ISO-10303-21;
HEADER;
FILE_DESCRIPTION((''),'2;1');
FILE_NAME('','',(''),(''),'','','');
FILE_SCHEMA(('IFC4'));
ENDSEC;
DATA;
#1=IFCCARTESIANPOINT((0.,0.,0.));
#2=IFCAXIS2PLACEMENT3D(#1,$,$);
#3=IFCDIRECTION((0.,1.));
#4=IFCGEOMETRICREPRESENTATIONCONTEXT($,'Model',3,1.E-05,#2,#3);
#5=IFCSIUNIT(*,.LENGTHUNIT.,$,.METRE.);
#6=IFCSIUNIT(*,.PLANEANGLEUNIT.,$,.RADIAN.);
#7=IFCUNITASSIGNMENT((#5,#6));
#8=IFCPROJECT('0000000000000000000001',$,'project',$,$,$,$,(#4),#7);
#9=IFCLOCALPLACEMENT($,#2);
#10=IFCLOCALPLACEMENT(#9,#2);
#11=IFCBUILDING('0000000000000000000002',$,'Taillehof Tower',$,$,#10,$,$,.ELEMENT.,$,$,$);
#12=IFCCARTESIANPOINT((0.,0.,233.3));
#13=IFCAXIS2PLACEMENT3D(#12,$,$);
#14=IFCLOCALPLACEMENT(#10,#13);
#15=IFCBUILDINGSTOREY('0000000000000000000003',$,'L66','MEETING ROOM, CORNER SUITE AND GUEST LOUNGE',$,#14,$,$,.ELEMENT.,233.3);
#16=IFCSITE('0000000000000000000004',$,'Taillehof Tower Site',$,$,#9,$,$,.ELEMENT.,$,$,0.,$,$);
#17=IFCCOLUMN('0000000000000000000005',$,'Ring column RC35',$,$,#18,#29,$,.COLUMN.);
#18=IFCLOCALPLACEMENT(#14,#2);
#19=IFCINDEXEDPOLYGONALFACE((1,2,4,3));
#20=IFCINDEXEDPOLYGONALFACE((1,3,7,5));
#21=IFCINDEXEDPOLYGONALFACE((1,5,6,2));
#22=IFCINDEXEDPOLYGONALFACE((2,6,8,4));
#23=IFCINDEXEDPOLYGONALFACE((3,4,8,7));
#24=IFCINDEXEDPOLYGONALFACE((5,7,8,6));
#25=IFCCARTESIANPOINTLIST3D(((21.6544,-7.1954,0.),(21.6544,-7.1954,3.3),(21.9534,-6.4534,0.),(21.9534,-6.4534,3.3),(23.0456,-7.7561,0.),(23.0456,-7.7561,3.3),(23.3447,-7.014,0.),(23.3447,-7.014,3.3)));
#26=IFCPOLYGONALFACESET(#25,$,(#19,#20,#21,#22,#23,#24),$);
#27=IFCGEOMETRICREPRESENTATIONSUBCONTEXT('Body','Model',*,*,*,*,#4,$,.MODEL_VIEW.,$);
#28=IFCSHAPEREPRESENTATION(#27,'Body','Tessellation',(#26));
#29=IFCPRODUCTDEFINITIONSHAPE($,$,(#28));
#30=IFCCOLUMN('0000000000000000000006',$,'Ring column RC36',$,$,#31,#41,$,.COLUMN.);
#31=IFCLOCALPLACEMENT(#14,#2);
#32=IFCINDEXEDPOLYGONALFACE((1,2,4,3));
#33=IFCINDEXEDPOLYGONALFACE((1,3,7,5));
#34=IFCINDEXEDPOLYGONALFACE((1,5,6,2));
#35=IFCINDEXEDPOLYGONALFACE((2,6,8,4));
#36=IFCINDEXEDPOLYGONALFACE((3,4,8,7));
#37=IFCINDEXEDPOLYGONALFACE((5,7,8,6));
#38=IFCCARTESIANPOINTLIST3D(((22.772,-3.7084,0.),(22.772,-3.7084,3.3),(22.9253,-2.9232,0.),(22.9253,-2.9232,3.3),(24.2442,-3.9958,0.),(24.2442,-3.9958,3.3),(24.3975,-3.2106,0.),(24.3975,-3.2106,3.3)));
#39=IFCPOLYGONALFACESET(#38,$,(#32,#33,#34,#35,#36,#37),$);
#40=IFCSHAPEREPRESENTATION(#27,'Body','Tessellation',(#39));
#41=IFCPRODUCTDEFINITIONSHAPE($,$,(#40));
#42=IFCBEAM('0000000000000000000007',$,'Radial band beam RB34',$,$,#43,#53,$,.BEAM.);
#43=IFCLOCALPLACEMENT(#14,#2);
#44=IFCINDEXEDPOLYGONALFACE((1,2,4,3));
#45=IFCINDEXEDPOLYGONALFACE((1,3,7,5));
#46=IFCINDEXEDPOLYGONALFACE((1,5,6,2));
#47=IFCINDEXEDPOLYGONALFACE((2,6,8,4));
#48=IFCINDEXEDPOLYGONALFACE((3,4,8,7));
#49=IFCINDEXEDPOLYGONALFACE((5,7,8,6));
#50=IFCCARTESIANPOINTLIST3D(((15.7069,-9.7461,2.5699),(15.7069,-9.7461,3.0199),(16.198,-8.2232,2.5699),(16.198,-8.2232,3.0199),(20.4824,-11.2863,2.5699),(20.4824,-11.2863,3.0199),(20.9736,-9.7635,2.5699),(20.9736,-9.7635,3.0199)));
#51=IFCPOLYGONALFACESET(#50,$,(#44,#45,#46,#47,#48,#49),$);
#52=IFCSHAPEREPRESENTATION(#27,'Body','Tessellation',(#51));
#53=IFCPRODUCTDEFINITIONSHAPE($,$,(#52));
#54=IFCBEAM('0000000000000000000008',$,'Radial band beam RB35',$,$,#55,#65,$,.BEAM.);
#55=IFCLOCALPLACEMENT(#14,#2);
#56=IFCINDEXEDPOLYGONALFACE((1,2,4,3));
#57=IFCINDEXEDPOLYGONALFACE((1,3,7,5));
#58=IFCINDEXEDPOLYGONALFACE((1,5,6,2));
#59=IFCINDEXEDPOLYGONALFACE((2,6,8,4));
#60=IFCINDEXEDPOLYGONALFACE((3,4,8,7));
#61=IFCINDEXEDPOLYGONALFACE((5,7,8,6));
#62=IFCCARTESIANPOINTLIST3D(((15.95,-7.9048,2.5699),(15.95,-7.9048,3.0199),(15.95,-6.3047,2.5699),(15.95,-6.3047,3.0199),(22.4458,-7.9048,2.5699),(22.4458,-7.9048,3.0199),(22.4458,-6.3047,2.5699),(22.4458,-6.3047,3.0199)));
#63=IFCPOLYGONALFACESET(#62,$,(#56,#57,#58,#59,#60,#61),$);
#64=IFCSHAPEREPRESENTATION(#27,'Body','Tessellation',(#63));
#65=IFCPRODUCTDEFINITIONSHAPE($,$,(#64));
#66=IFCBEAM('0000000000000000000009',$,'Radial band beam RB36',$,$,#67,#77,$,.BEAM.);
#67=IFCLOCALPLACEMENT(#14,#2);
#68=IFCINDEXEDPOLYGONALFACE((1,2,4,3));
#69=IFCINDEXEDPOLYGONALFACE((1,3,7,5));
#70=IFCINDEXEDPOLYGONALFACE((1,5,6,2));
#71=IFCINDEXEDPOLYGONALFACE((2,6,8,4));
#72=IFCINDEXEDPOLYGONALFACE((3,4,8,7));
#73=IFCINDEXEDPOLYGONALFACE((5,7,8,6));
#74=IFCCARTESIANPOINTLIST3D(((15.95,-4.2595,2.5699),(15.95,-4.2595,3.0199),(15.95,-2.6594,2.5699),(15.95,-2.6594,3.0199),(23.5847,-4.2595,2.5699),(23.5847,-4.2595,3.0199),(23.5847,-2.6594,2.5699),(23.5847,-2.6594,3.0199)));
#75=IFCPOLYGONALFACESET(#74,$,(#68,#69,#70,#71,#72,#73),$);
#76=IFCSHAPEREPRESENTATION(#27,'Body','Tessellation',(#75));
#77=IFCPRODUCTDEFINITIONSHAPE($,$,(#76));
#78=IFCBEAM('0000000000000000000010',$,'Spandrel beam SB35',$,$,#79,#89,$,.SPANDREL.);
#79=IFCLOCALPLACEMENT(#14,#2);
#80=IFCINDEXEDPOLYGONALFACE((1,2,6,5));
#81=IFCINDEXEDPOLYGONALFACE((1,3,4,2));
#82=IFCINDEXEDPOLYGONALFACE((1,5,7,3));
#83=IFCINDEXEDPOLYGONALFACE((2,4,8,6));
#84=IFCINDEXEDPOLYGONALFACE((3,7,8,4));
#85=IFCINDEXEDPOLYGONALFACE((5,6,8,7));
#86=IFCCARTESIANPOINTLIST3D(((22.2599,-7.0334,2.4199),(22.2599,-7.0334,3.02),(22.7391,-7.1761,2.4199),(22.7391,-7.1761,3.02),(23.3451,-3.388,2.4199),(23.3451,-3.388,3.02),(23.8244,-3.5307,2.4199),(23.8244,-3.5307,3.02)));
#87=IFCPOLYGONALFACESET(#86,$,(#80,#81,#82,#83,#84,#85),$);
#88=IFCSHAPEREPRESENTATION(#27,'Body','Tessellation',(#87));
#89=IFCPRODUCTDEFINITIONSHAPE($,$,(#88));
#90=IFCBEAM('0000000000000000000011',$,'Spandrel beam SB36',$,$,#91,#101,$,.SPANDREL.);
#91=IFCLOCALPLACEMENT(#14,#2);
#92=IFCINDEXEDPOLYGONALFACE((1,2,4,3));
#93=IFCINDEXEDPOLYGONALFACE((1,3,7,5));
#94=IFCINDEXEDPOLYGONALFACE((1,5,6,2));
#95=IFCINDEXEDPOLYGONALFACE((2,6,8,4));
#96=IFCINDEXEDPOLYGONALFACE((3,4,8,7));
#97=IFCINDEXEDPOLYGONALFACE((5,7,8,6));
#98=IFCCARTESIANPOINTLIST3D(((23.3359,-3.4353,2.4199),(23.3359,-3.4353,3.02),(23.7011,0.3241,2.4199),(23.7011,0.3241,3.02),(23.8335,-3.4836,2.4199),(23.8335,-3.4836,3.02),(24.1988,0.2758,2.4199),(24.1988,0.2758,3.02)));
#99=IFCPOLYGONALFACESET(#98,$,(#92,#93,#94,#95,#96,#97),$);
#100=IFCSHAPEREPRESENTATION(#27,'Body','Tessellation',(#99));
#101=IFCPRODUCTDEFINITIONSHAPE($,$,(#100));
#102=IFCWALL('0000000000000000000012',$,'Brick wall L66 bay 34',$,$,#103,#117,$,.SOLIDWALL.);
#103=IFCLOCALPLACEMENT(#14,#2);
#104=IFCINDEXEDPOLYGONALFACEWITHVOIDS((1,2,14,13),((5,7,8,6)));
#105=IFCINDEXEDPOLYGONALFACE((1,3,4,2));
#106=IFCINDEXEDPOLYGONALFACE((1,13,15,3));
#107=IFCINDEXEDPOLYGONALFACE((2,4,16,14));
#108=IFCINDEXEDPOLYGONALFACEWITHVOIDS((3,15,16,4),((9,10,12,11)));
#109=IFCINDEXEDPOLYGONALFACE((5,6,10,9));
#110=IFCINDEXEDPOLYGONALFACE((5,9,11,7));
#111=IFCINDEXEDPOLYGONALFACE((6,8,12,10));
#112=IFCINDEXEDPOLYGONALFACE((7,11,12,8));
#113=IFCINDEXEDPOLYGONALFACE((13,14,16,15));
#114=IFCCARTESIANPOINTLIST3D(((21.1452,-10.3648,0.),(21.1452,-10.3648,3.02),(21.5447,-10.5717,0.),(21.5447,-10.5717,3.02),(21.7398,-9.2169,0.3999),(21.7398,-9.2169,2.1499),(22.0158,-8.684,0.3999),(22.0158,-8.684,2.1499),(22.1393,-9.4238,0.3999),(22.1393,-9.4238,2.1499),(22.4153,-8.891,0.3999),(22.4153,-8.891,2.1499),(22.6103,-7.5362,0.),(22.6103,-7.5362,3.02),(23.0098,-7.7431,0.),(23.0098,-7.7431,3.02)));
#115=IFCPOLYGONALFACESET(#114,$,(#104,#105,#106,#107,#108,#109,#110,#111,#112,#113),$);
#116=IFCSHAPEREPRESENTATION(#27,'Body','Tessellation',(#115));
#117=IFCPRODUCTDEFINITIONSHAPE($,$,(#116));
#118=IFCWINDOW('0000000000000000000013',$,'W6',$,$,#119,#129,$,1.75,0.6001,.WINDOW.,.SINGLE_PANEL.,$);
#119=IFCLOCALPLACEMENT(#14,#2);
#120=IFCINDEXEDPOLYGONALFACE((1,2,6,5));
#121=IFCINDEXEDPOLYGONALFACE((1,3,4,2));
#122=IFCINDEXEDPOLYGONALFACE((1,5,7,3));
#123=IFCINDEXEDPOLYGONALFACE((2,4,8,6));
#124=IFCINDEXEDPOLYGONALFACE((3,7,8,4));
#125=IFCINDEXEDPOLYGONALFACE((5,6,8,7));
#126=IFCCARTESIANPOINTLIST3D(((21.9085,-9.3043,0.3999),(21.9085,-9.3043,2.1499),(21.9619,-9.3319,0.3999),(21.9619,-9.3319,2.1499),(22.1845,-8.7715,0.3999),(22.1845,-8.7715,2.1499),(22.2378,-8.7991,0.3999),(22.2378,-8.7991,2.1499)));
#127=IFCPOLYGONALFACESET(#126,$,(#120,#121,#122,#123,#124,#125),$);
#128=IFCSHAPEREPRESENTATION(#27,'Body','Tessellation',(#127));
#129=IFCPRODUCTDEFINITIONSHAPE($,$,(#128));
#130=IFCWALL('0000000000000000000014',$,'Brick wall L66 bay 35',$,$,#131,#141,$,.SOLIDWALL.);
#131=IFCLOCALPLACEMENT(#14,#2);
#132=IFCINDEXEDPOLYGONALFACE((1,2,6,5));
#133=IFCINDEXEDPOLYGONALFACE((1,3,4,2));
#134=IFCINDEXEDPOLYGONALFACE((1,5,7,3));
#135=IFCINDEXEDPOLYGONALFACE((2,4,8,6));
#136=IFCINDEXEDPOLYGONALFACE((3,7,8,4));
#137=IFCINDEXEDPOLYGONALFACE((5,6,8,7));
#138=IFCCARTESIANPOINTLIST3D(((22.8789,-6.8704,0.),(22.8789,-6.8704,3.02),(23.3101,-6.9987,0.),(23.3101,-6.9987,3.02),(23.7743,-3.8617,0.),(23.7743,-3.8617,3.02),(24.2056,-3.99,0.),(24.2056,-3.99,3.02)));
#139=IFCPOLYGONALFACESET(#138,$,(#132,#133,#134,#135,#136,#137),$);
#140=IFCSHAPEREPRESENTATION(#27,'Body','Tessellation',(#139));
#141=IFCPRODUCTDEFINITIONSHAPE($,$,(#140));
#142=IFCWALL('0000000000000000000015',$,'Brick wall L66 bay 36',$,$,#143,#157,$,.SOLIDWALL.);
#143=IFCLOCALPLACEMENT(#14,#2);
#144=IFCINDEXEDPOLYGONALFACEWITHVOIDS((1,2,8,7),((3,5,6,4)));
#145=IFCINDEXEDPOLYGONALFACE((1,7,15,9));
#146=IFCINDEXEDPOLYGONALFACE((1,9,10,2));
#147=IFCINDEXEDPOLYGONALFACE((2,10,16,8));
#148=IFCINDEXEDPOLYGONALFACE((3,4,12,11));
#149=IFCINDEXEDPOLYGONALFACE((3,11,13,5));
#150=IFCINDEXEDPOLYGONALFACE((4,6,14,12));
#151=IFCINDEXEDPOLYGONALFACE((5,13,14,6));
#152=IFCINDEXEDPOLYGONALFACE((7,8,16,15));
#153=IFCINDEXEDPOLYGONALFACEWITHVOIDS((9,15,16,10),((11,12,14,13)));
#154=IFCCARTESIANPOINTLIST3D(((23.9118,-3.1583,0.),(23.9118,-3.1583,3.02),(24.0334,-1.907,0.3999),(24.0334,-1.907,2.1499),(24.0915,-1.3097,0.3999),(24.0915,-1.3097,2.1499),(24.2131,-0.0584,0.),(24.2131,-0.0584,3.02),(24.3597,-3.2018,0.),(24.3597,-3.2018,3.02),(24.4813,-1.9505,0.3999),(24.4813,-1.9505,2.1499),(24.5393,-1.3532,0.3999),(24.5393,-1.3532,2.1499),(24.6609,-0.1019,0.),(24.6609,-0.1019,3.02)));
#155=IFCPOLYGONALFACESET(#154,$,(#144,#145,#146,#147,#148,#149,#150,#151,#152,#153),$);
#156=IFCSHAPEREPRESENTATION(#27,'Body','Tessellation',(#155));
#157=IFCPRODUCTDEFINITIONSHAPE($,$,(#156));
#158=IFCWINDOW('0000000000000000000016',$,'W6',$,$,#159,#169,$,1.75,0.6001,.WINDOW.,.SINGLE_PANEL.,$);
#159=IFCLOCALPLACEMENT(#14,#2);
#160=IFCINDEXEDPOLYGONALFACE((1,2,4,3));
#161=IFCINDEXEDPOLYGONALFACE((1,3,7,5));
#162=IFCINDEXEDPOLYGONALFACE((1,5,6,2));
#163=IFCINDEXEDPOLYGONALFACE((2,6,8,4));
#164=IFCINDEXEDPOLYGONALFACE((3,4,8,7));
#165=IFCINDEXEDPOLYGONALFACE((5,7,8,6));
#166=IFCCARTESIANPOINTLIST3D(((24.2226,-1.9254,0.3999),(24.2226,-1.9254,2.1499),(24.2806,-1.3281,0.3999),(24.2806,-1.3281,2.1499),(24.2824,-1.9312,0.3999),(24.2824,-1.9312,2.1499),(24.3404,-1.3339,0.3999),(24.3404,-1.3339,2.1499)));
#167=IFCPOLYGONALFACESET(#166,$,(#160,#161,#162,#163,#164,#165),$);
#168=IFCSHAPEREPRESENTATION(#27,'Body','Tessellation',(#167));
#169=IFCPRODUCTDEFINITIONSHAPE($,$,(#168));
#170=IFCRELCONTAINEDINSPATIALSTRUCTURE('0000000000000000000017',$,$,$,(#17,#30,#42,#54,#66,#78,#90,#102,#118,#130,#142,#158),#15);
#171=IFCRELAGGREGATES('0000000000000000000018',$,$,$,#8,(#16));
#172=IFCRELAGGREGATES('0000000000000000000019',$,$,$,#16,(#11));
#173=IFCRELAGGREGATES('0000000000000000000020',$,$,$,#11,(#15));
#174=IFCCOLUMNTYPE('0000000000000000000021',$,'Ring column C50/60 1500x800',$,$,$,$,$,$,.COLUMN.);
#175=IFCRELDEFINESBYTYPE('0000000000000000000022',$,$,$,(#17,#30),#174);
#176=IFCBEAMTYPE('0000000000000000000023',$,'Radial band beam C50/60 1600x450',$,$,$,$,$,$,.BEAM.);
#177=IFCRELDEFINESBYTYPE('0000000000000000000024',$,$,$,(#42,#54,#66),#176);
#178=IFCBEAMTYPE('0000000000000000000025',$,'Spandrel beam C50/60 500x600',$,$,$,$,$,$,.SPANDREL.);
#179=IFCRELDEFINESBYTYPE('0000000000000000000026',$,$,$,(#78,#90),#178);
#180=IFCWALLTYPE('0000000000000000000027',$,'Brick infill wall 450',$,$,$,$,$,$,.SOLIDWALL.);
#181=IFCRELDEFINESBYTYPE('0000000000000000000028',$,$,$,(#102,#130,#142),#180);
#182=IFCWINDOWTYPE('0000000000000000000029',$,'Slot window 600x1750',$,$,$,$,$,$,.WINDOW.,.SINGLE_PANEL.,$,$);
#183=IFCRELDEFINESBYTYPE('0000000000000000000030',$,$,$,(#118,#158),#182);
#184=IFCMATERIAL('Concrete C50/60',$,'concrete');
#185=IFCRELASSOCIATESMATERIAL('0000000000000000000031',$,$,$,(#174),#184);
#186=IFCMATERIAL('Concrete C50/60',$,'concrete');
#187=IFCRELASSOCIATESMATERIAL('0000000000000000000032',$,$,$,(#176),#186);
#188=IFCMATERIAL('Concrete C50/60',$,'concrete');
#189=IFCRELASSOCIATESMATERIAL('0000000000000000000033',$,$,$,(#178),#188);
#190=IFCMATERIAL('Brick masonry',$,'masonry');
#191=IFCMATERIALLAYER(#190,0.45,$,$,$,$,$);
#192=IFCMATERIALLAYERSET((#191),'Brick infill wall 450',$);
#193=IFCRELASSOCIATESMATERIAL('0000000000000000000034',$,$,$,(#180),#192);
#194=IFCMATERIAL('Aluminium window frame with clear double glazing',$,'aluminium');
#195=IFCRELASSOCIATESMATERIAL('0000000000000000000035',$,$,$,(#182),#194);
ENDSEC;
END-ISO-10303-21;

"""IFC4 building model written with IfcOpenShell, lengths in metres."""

from ifc_helpers import new_model, si_unit, direction, frame, frame_2d, origin, origin_2d, place, context, subcontext, project, spatial, rectangle, extrude, material, layer, layer_set, material_profile, profile_set, type_object, element, fill, save


model = new_model("IFC4")

# Units and contexts
model_context = context("Model", 3, precision=1e-05, world=origin(), true_north=direction((0.0, 1.0)))
body_context = subcontext(model_context, "Body", "Model", "MODEL_VIEW")
ifc_project = project(units=[si_unit("LENGTHUNIT", "METRE"), si_unit("PLANEANGLEUNIT", "RADIAN")], contexts=[model_context])

# Site, building, storey
site_placement = place(None, origin())
site = spatial("IfcSite", under=ifc_project, at=site_placement, Name="Taillehof Tower Site", CompositionType="ELEMENT", RefElevation=0.0)
building_placement = place(site_placement, origin())
building = spatial("IfcBuilding", under=site, at=building_placement, Name="Taillehof Tower", CompositionType="ELEMENT")
storey_placement = place(building_placement, frame((0.0, 0.0, 233.3)))
storey = spatial("IfcBuildingStorey", under=building, at=storey_placement, Name="L66", Description="MEETING ROOM, CORNER SUITE AND GUEST LOUNGE", CompositionType="ELEMENT", Elevation=233.3)

# Columns
ifc_material_1 = material(Name="Concrete C50/60", Category="concrete")
ifc_material_profile_1 = material_profile(ifc_material_1, rectangle(XDim=1.5, YDim=0.8, at=origin_2d()), Name="RC 1500x800")
ifc_profile_set_1 = profile_set([ifc_material_profile_1], Name="Concrete C50/60")
column_type = type_object("IfcColumnType", Name="Ring column C50/60 1500x800", PredefinedType="COLUMN", material=ifc_profile_set_1)
for number, where, z_axis, x_axis, name in (
    (1, (22.4995, -7.1047, 0.0), (0.0, 0.0, 1.0), (0.927525, -0.373762, 0.0), "Ring column RC35"),
    (2, (23.5847, -3.4595, 0.0), (0.0, 0.0, 1.0), (0.981473, -0.191602, 0.0), "Ring column RC36"),
):
    element("IfcColumn", number, at=place(storey_placement, frame(where, z_axis=z_axis, x_axis=x_axis)), inside=storey, type_object=column_type, Name=name, PredefinedType="COLUMN", context=body_context, shape_type="SweptSolid", body=[
        extrude(rectangle(XDim=1.5, YDim=0.8, at=origin_2d()), origin(), (0.0, 0.0, 1.0), 3.3),
    ])

# Beams
ifc_material_2 = material(Name="Concrete C50/60", Category="concrete")
ifc_material_profile_2 = material_profile(ifc_material_2, rectangle(XDim=1.6001, YDim=0.45, at=origin_2d()), Name="RC 1600x450")
ifc_profile_set_2 = profile_set([ifc_material_profile_2], Name="Concrete C50/60")
beam_type_1 = type_object("IfcBeamType", Name="Radial band beam C50/60 1600x450", PredefinedType="BEAM", material=ifc_profile_set_2)
beam_1_placement = place(storey_placement, frame((20.728, -10.5249, 2.7949), z_axis=(-0.951723, 0.306959, 0.0), x_axis=(-0.306959, -0.951723, 0.0)))
element("IfcBeam", 3, at=beam_1_placement, inside=storey, type_object=beam_type_1, Name="Radial band beam RB34", PredefinedType="BEAM", context=body_context, shape_type="SweptSolid", body=[
    extrude(rectangle(XDim=1.6001, YDim=0.45, at=origin_2d()), origin(), (0.0, 0.0, 1.0), 5.0178),
])
beam_2_placement = place(storey_placement, frame((22.4458, -7.1047, 2.7949), z_axis=(-1.0, 0.0, 0.0), x_axis=(0.0, -1.0, 0.0)))
element("IfcBeam", 4, at=beam_2_placement, inside=storey, type_object=beam_type_1, Name="Radial band beam RB35", PredefinedType="BEAM", context=body_context, shape_type="SweptSolid", body=[
    extrude(rectangle(XDim=1.6001, YDim=0.45, at=origin_2d()), origin(), (0.0, 0.0, 1.0), 6.4958),
])
beam_3_placement = place(storey_placement, frame((23.5847, -3.4595, 2.7949), z_axis=(-1.0, 0.0, 0.0), x_axis=(0.0, -1.0, 0.0)))
element("IfcBeam", 5, at=beam_3_placement, inside=storey, type_object=beam_type_1, Name="Radial band beam RB36", PredefinedType="BEAM", context=body_context, shape_type="SweptSolid", body=[
    extrude(rectangle(XDim=1.6001, YDim=0.45, at=origin_2d()), origin(), (0.0, 0.0, 1.0), 7.6348),
])
ifc_material_3 = material(Name="Concrete C50/60", Category="concrete")
ifc_material_profile_3 = material_profile(ifc_material_3, rectangle(XDim=0.5, YDim=0.6001, at=origin_2d()), Name="RC 500x600")
ifc_profile_set_3 = profile_set([ifc_material_profile_3], Name="Concrete C50/60")
beam_type_2 = type_object("IfcBeamType", Name="Spandrel beam C50/60 500x600", PredefinedType="SPANDREL", material=ifc_profile_set_3)
beam_4_placement = place(storey_placement, frame((22.4995, -7.1047, 2.72), z_axis=(0.285327, 0.95843, 0.0), x_axis=(-0.95843, 0.285327, 0.0)))
element("IfcBeam", 6, at=beam_4_placement, inside=storey, type_object=beam_type_2, Name="Spandrel beam SB35", PredefinedType="SPANDREL", context=body_context, shape_type="SweptSolid", body=[
    extrude(rectangle(XDim=0.5, YDim=0.6001, at=origin_2d()), origin(), (0.0, 0.0, 1.0), 3.8035),
])
beam_5_placement = place(storey_placement, frame((23.5847, -3.4595, 2.72), z_axis=(0.096694, 0.995314, 0.0), x_axis=(-0.995314, 0.096694, 0.0)))
element("IfcBeam", 7, at=beam_5_placement, inside=storey, type_object=beam_type_2, Name="Spandrel beam SB36", PredefinedType="SPANDREL", context=body_context, shape_type="SweptSolid", body=[
    extrude(rectangle(XDim=0.5, YDim=0.6001, at=origin_2d()), origin(), (0.0, 0.0, 1.0), 3.7771),
])

# Wall, opening, window
ifc_material_4 = material(Name="Brick masonry", Category="masonry")
ifc_layer_1 = layer(ifc_material_4, 0.45)
ifc_layer_set_1 = layer_set([ifc_layer_1], Name="Brick infill wall 450")
wall_type_1 = type_object("IfcWallType", Name="Brick infill wall 450", PredefinedType="SOLIDWALL", material=ifc_layer_set_1)
wall_1_placement = place(storey_placement, frame((21.345, -10.4683, 0.0), z_axis=(0.0, 0.0, 1.0), x_axis=(0.459921, 0.88796, 0.0)))
wall_1 = element("IfcWall", 8, at=wall_1_placement, inside=storey, type_object=wall_type_1, Name="Brick wall L66 bay 34", PredefinedType="SOLIDWALL", context=body_context, shape_type="SweptSolid", body=[
    extrude(rectangle(XDim=3.1855, YDim=0.45, at=frame_2d((1.5928, 0.0))), origin(), (0.0, 0.0, 1.0), 3.02),
])
opening_1_placement = place(wall_1_placement, frame((1.2927, 0.0, 0.3999)))
opening_1 = element("IfcOpeningElement", 9, at=opening_1_placement, cuts=wall_1, PredefinedType="OPENING", context=body_context, shape_type="SweptSolid", body=[
    extrude(rectangle(XDim=0.6001, YDim=1.75, at=frame_2d((0.3, 0.875))), frame((0.0, 0.2349, 0.0), z_axis=(0.0, -1.0, 0.0), x_axis=(1.0, 0.0, 0.0)), (0.0, 0.0, 1.0), 0.47),
])
ifc_material_5 = material(Name="Aluminium window frame with clear double glazing", Category="aluminium")
window_type = type_object("IfcWindowType", Name="Slot window 600x1750", PartitioningType="SINGLE_PANEL", PredefinedType="WINDOW", material=ifc_material_5)
window_1_placement = place(opening_1_placement, origin())
window_1 = element("IfcWindow", 10, at=window_1_placement, inside=storey, type_object=window_type, Name="W6", OverallHeight=1.75, OverallWidth=0.6001, PartitioningType="SINGLE_PANEL", PredefinedType="WINDOW", context=body_context, shape_type="SweptSolid", body=[
    extrude(rectangle(XDim=0.6001, YDim=1.75, at=frame_2d((0.3, 0.875))), frame((0.0, 0.0349, 0.0), z_axis=(0.0, -1.0, 0.0), x_axis=(1.0, 0.0, 0.0)), (0.0, 0.0, 1.0), 0.0601),
])
fill(opening_1, window_1)

# Wall
wall_2_placement = place(storey_placement, frame((23.0945, -6.9346, 0.0), z_axis=(0.0, 0.0, 1.0), x_axis=(0.285264, 0.958449, 0.0)))
element("IfcWall", 11, at=wall_2_placement, inside=storey, type_object=wall_type_1, Name="Brick wall L66 bay 35", PredefinedType="SOLIDWALL", context=body_context, shape_type="SweptSolid", body=[
    extrude(rectangle(XDim=3.1392, YDim=0.45, at=frame_2d((1.5696, 0.0))), origin(), (0.0, 0.0, 1.0), 3.02),
])

# Wall, opening, window
wall_3_placement = place(storey_placement, frame((24.1357, -3.1799, 0.0), z_axis=(0.0, 0.0, 1.0), x_axis=(0.096733, 0.99531, 0.0)))
wall_3 = element("IfcWall", 12, at=wall_3_placement, inside=storey, type_object=wall_type_1, Name="Brick wall L66 bay 36", PredefinedType="SOLIDWALL", context=body_context, shape_type="SweptSolid", body=[
    extrude(rectangle(XDim=3.1145, YDim=0.45, at=frame_2d((1.5571, 0.0))), origin(), (0.0, 0.0, 1.0), 3.02),
])
opening_2_placement = place(wall_3_placement, frame((1.2571, 0.0, 0.3999)))
opening_2 = element("IfcOpeningElement", 13, at=opening_2_placement, cuts=wall_3, PredefinedType="OPENING", context=body_context, shape_type="SweptSolid", body=[
    extrude(rectangle(XDim=0.6001, YDim=1.75, at=frame_2d((0.3, 0.875))), frame((0.0, 0.2349, 0.0), z_axis=(0.0, -1.0, 0.0), x_axis=(1.0, 0.0, 0.0)), (0.0, 0.0, 1.0), 0.47),
])
window_2_placement = place(opening_2_placement, origin())
window_2 = element("IfcWindow", 14, at=window_2_placement, inside=storey, type_object=window_type, Name="W6", OverallHeight=1.75, OverallWidth=0.6001, PartitioningType="SINGLE_PANEL", PredefinedType="WINDOW", context=body_context, shape_type="SweptSolid", body=[
    extrude(rectangle(XDim=0.6001, YDim=1.75, at=frame_2d((0.3, 0.875))), frame((0.0, 0.0349, 0.0), z_axis=(0.0, -1.0, 0.0), x_axis=(1.0, 0.0, 0.0)), (0.0, 0.0, 1.0), 0.0601),
])
fill(opening_2, window_2)

save(model, "model.ifc")
